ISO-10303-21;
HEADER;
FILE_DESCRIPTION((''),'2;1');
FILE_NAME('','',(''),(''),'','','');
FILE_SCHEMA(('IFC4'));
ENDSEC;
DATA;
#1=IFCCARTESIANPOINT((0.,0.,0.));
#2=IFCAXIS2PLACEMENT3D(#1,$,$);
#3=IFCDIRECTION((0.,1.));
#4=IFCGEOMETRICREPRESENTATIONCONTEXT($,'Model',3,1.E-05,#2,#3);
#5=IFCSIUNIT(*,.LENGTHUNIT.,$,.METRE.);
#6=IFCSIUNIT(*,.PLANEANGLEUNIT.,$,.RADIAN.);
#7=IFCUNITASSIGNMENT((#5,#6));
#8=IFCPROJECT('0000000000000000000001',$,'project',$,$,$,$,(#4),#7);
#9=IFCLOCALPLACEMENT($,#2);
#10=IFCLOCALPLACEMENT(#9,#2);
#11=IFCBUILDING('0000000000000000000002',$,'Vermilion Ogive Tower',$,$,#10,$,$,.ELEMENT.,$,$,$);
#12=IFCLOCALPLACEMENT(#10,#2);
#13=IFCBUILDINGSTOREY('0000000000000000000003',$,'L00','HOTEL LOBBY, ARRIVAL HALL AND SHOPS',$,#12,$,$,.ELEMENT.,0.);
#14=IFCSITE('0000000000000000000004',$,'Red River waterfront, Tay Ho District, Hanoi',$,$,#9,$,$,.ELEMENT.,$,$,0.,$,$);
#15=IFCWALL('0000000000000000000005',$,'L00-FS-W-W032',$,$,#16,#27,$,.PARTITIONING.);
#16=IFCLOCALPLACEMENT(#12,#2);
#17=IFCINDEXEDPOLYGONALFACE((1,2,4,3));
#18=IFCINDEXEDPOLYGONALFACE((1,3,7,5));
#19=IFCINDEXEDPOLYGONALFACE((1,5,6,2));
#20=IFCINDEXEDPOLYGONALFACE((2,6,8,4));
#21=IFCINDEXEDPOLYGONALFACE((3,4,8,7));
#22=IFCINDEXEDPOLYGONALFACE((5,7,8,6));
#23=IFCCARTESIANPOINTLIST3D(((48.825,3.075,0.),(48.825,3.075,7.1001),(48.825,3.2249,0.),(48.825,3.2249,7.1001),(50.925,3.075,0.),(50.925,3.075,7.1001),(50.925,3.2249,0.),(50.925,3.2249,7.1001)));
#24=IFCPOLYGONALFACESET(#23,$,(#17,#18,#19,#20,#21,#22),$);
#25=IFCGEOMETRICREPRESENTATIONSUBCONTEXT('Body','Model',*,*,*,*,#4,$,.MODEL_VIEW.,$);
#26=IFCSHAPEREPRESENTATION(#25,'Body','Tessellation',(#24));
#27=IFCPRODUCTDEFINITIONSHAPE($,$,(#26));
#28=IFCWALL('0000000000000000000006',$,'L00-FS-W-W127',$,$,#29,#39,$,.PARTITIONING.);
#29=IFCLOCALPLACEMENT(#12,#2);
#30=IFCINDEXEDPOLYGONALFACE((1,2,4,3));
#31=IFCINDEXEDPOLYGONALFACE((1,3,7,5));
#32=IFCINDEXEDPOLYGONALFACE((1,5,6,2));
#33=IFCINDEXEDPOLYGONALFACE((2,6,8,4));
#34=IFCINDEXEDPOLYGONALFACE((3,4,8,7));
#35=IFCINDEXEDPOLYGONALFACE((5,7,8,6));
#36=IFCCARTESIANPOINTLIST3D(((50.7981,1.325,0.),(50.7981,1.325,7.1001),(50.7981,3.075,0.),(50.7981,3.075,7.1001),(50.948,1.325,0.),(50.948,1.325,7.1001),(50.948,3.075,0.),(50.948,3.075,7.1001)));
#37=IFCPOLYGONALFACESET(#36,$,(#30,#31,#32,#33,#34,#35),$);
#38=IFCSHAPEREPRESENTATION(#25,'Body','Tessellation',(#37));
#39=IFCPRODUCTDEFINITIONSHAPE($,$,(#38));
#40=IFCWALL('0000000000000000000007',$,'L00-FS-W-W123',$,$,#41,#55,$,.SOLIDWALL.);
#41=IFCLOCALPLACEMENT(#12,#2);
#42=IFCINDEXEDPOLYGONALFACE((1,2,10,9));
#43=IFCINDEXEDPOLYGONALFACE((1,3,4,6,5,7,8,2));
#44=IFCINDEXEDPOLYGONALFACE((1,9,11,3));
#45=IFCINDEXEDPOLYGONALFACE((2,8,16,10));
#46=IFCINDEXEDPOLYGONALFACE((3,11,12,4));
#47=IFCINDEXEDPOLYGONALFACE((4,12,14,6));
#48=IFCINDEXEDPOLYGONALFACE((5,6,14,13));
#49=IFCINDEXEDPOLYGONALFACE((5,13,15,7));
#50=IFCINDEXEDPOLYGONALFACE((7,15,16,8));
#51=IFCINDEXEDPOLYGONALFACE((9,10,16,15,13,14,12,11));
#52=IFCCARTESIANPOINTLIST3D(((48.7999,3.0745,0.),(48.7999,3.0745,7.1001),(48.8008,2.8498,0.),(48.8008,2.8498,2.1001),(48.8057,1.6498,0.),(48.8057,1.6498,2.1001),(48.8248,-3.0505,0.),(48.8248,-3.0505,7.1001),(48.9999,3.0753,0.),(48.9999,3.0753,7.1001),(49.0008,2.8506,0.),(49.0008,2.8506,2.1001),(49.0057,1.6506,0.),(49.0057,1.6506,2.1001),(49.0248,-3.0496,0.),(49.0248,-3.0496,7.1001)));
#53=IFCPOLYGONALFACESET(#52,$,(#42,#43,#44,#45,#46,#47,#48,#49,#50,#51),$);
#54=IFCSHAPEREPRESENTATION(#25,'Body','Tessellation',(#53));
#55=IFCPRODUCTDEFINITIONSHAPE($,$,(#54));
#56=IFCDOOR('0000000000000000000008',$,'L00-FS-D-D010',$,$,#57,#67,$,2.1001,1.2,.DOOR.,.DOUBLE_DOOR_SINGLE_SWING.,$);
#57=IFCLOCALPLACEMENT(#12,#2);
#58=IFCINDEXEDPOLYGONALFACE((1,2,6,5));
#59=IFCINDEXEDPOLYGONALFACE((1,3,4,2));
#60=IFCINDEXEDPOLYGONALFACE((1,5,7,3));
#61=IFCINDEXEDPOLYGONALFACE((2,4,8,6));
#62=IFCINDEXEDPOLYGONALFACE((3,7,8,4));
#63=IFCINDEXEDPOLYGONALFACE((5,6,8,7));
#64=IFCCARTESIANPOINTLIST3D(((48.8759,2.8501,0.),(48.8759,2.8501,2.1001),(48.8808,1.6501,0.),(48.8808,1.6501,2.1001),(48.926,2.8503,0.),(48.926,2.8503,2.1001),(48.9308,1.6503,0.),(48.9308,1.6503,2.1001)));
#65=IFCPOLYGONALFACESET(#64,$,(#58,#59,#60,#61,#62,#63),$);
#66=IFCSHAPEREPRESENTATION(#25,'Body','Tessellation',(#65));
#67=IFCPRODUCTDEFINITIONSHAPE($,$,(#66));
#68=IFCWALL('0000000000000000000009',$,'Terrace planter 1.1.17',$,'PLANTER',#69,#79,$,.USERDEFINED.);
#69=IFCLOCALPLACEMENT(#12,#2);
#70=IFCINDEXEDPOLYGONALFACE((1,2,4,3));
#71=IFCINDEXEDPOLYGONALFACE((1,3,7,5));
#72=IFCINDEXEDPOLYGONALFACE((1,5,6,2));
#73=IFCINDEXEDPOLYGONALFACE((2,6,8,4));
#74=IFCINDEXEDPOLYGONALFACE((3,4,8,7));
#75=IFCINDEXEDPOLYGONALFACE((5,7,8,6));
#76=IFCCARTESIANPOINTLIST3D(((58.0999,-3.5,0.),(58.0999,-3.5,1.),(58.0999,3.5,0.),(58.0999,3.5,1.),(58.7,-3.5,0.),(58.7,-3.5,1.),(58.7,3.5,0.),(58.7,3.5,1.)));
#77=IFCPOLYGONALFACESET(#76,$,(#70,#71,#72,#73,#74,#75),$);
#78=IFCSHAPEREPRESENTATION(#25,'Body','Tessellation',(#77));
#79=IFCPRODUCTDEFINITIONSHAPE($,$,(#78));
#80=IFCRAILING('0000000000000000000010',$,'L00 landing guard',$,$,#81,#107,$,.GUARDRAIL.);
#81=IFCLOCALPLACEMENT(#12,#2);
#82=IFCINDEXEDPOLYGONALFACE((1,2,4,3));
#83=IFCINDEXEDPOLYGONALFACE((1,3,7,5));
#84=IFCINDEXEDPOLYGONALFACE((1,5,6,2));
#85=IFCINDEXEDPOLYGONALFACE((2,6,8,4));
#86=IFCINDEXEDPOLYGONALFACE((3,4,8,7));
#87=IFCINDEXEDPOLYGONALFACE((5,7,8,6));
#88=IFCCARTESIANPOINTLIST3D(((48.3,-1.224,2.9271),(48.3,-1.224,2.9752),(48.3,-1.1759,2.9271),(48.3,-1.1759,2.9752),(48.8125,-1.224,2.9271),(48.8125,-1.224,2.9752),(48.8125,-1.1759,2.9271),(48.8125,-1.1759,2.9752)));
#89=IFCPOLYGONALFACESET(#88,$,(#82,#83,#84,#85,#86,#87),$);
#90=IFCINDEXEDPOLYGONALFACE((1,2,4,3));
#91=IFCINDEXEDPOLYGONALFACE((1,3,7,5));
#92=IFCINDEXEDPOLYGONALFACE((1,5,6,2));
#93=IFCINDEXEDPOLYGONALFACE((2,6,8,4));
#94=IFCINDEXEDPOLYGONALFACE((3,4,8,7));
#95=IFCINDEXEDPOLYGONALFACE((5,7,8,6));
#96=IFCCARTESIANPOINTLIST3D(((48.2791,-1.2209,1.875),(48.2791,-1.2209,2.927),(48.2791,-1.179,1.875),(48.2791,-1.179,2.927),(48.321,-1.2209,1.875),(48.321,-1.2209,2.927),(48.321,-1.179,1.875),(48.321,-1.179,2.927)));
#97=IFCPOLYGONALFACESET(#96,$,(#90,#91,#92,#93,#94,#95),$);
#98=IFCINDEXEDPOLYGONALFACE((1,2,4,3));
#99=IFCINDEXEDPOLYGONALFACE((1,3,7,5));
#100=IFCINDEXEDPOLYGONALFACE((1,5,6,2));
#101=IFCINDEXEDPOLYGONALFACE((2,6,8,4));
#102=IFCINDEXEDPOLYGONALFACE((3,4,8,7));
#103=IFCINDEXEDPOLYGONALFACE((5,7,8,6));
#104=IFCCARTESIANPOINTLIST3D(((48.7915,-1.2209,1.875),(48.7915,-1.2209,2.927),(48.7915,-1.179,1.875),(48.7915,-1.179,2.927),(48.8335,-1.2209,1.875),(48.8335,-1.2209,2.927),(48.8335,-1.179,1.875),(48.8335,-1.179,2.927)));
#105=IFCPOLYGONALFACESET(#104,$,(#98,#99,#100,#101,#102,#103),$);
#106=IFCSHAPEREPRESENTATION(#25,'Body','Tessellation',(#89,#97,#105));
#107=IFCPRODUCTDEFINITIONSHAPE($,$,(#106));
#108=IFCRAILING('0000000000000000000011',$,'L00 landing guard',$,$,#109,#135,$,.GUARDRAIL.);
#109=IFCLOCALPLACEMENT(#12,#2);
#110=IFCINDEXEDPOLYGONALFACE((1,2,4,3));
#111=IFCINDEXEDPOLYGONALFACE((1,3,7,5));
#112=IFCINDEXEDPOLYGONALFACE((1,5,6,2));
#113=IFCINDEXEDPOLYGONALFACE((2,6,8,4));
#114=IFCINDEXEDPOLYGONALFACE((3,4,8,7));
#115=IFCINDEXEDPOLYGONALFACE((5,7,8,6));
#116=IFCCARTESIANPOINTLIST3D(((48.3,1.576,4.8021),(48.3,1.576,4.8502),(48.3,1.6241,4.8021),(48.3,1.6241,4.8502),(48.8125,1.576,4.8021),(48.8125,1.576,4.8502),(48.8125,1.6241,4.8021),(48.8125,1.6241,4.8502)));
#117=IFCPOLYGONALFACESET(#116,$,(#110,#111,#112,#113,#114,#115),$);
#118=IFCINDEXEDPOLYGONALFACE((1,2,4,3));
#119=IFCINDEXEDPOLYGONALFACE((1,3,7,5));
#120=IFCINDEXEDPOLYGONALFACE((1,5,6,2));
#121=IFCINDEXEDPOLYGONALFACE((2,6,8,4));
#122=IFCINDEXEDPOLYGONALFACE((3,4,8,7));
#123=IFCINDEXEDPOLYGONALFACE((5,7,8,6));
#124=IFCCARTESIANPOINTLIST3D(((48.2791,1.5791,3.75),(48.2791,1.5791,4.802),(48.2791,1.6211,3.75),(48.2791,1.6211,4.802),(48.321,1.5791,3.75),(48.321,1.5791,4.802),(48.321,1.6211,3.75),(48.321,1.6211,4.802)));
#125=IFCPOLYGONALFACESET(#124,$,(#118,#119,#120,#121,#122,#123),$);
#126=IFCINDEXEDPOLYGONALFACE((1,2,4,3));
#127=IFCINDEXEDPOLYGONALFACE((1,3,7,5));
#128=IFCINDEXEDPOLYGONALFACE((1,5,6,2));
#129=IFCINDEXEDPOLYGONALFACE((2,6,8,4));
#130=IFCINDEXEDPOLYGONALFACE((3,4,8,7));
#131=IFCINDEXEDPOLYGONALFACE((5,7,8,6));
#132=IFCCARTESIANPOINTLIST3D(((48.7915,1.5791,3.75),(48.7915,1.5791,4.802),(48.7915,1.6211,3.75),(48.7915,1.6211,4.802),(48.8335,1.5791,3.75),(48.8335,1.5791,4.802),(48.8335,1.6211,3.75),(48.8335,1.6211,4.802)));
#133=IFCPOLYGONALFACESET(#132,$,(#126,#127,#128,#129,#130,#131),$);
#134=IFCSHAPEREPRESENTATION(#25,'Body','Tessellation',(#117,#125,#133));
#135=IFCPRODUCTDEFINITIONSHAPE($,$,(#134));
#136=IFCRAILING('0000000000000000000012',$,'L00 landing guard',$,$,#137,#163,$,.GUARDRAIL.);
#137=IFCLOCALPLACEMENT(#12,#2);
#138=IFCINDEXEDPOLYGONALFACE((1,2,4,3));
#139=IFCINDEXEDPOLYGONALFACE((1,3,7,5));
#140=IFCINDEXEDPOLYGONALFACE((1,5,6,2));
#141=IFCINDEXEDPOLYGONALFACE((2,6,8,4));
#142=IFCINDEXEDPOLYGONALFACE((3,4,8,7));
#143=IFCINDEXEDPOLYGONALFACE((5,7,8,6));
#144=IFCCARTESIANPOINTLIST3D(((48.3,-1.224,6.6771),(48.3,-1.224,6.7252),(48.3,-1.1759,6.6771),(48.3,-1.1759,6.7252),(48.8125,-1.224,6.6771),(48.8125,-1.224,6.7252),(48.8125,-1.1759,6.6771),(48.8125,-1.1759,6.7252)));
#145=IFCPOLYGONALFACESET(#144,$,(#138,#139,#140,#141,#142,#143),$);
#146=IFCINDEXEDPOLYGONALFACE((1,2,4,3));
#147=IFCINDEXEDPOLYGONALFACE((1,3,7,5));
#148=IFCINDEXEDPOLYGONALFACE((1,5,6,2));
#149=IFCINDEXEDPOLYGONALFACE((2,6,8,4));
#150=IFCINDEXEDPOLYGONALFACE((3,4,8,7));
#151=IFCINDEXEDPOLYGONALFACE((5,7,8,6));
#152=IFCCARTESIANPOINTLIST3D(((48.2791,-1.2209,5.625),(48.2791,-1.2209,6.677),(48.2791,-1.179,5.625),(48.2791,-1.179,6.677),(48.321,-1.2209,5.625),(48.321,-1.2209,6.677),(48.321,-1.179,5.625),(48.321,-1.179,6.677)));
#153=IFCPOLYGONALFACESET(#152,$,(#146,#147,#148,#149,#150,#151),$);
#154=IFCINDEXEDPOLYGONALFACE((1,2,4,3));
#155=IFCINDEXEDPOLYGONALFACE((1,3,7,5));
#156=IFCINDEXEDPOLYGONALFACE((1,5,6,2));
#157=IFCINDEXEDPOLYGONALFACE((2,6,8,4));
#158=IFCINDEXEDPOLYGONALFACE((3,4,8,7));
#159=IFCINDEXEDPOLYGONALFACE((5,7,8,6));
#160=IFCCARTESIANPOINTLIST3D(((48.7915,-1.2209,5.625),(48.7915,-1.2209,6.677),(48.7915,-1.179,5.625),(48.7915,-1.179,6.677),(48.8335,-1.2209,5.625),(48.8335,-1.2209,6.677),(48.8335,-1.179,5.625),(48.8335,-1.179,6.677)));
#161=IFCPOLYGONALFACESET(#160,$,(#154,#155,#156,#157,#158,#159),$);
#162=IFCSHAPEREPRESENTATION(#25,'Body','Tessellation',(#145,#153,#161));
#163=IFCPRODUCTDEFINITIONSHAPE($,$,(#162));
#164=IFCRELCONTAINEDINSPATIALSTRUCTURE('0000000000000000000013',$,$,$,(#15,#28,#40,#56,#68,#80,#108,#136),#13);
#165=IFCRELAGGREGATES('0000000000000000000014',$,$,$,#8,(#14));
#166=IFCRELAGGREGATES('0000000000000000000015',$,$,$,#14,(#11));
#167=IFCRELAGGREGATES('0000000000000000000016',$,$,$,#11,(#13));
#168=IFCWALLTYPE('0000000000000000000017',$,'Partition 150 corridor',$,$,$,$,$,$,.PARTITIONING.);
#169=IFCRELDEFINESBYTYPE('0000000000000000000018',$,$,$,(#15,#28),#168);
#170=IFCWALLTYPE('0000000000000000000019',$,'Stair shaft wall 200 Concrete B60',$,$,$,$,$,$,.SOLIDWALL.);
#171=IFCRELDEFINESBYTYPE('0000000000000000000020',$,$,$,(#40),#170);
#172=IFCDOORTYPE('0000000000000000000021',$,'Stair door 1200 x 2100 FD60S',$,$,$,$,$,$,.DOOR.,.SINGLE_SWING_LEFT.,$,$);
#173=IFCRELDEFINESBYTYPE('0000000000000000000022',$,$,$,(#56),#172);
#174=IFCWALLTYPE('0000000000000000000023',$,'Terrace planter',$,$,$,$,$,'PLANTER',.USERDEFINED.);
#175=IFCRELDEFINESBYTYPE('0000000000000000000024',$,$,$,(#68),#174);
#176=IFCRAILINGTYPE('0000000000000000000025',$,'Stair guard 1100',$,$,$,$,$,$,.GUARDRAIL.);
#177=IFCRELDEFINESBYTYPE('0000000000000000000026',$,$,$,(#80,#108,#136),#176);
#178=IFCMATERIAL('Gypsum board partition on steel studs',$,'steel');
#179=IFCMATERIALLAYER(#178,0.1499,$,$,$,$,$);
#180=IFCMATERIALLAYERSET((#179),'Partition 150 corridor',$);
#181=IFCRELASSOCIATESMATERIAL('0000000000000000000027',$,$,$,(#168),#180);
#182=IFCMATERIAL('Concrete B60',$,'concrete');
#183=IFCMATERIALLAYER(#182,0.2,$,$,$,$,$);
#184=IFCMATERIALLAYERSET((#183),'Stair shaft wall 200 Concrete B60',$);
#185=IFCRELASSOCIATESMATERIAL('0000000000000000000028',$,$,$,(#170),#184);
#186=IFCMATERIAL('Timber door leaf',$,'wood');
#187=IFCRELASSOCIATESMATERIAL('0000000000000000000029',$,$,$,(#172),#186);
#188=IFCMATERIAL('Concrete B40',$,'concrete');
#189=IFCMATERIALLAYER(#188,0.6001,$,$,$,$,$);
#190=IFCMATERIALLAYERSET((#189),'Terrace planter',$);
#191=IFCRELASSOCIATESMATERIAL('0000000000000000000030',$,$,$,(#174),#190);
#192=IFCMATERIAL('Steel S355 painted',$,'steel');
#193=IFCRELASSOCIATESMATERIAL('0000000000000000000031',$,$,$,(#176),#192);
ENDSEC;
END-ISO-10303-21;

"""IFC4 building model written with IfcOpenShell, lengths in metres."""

from ifc_helpers import new_model, si_unit, direction, frame, frame_2d, origin, origin_2d, place, context, subcontext, project, spatial, rectangle, extrude, material, layer, layer_set, type_object, element, fill, save


model = new_model("IFC4")

# Units and contexts
model_context = context("Model", 3, precision=1e-05, world=origin(), true_north=direction((0.0, 1.0)))
body_context = subcontext(model_context, "Body", "Model", "MODEL_VIEW")
ifc_project = project(units=[si_unit("LENGTHUNIT", "METRE"), si_unit("PLANEANGLEUNIT", "RADIAN")], contexts=[model_context])

# Site, building, storey
site_placement = place(None, origin())
site = spatial("IfcSite", under=ifc_project, at=site_placement, Name="Red River waterfront, Tay Ho District, Hanoi", CompositionType="ELEMENT", RefElevation=0.0)
building_placement = place(site_placement, origin())
building = spatial("IfcBuilding", under=site, at=building_placement, Name="Vermilion Ogive Tower", CompositionType="ELEMENT")
storey_placement = place(building_placement, origin())
storey = spatial("IfcBuildingStorey", under=building, at=storey_placement, Name="L00", Description="HOTEL LOBBY, ARRIVAL HALL AND SHOPS", CompositionType="ELEMENT", Elevation=0.0)

# Walls
ifc_material_1 = material(Name="Gypsum board partition on steel studs", Category="steel")
ifc_layer_1 = layer(ifc_material_1, 0.1499)
ifc_layer_set_1 = layer_set([ifc_layer_1], Name="Partition 150 corridor")
wall_type_1 = type_object("IfcWallType", Name="Partition 150 corridor", PredefinedType="PARTITIONING", material=ifc_layer_set_1)
wall_1_placement = place(storey_placement, frame((48.825, 3.1499, 0.0), z_axis=(0.0, 0.0, 1.0), x_axis=(1.0, 0.0, 0.0)))
element("IfcWall", 1, at=wall_1_placement, inside=storey, type_object=wall_type_1, Name="L00-FS-W-W032", PredefinedType="PARTITIONING", context=body_context, shape_type="SweptSolid", body=[
    extrude(rectangle(XDim=2.1001, YDim=0.1499, at=frame_2d((1.05, 0.0))), origin(), (0.0, 0.0, 1.0), 7.1001),
])
wall_2_placement = place(storey_placement, frame((50.873, 1.325, 0.0), z_axis=(0.0, 0.0, 1.0), x_axis=(0.0, 1.0, 0.0)))
element("IfcWall", 2, at=wall_2_placement, inside=storey, type_object=wall_type_1, Name="L00-FS-W-W127", PredefinedType="PARTITIONING", context=body_context, shape_type="SweptSolid", body=[
    extrude(rectangle(XDim=1.75, YDim=0.1499, at=frame_2d((0.875, 0.0))), origin(), (0.0, 0.0, 1.0), 7.1001),
])

# Wall, opening, door
ifc_material_2 = material(Name="Concrete B60", Category="concrete")
ifc_layer_2 = layer(ifc_material_2, 0.2)
ifc_layer_set_2 = layer_set([ifc_layer_2], Name="Stair shaft wall 200 Concrete B60")
wall_type_2 = type_object("IfcWallType", Name="Stair shaft wall 200 Concrete B60", PredefinedType="SOLIDWALL", material=ifc_layer_set_2)
wall_3_placement = place(storey_placement, frame((48.9248, -3.05, 0.0), z_axis=(0.0, 0.0, 1.0), x_axis=(-0.004066, 0.999992, 0.0)))
wall_3 = element("IfcWall", 3, at=wall_3_placement, inside=storey, type_object=wall_type_2, Name="L00-FS-W-W123", PredefinedType="SOLIDWALL", context=body_context, shape_type="SweptSolid", body=[
    extrude(rectangle(XDim=6.125, YDim=0.2, at=frame_2d((3.0625, 0.0))), origin(), (0.0, 0.0, 1.0), 7.1001),
])
opening_1_placement = place(wall_3_placement, frame((4.7002, 0.0, 0.0)))
opening_1 = element("IfcOpeningElement", 4, at=opening_1_placement, cuts=wall_3, PredefinedType="OPENING", context=body_context, shape_type="SweptSolid", body=[
    extrude(rectangle(XDim=1.2, YDim=2.1001, at=frame_2d((0.6001, 1.05))), frame((0.0, 0.1099, 0.0), z_axis=(0.0, -1.0, 0.0), x_axis=(1.0, 0.0, 0.0)), (0.0, 0.0, 1.0), 0.22),
])
ifc_material_3 = material(Name="Timber door leaf", Category="wood")
door_type_1 = type_object("IfcDoorType", Name="Stair door 1200 x 2100 FD60S", OperationType="SINGLE_SWING_LEFT", PredefinedType="DOOR", material=ifc_material_3)
door_1_placement = place(opening_1_placement, origin())
door_1 = element("IfcDoor", 5, at=door_1_placement, inside=storey, type_object=door_type_1, Name="L00-FS-D-D010", OperationType="DOUBLE_DOOR_SINGLE_SWING", OverallHeight=2.1001, OverallWidth=1.2, PredefinedType="DOOR", context=body_context, shape_type="SweptSolid", body=[
    extrude(rectangle(XDim=1.2, YDim=2.1001, at=frame_2d((0.6001, 1.05))), frame((0.0, 0.0249, 0.0), z_axis=(0.0, -1.0, 0.0), x_axis=(1.0, 0.0, 0.0)), (0.0, 0.0, 1.0), 0.05),
])
fill(opening_1, door_1)

# Wall
ifc_material_4 = material(Name="Concrete B40", Category="concrete")
ifc_layer_3 = layer(ifc_material_4, 0.6001)
ifc_layer_set_3 = layer_set([ifc_layer_3], Name="Terrace planter")
wall_type_3 = type_object("IfcWallType", Name="Terrace planter", ElementType="PLANTER", PredefinedType="USERDEFINED", material=ifc_layer_set_3)
wall_4_placement = place(storey_placement, frame((58.3999, 3.5, 0.0), z_axis=(0.0, 0.0, 1.0), x_axis=(0.0, -1.0, 0.0)))
element("IfcWall", 6, at=wall_4_placement, inside=storey, type_object=wall_type_3, Name="Terrace planter 1.1.17", ObjectType="PLANTER", PredefinedType="USERDEFINED", context=body_context, shape_type="SweptSolid", body=[
    extrude(rectangle(XDim=7.0, YDim=0.6001, at=frame_2d((3.5, 0.0))), origin(), (0.0, 0.0, 1.0), 1.0),
])

# Railings
ifc_material_5 = material(Name="Steel S355 painted", Category="steel")
railing_type = type_object("IfcRailingType", Name="Stair guard 1100", PredefinedType="GUARDRAIL", material=ifc_material_5)
for number, where, name in (
    (7, (48.3, -1.2, 1.875), "L00 landing guard"),
    (8, (48.3, 1.6001, 3.75), "L00 landing guard"),
    (9, (48.3, -1.2, 5.625), "L00 landing guard"),
):
    element("IfcRailing", number, at=place(storey_placement, frame(where)), inside=storey, type_object=railing_type, Name=name, PredefinedType="GUARDRAIL", context=body_context, shape_type="SweptSolid", body=[
        extrude(rectangle(XDim=0.0481, YDim=0.0481, at=origin_2d()), frame((0.0, 0.0, 1.0762), z_axis=(1.0, 0.0, 0.0), x_axis=(0.0, 1.0, 0.0)), (0.0, 0.0, 1.0), 0.5125),
        extrude(rectangle(XDim=0.042, YDim=0.042, at=origin_2d()), origin(), (0.0, 0.0, 1.0), 1.052),
        extrude(rectangle(XDim=0.042, YDim=0.042, at=origin_2d()), frame((0.5125, 0.0, 0.0)), (0.0, 0.0, 1.0), 1.052),
    ])

save(model, "model.ifc")
